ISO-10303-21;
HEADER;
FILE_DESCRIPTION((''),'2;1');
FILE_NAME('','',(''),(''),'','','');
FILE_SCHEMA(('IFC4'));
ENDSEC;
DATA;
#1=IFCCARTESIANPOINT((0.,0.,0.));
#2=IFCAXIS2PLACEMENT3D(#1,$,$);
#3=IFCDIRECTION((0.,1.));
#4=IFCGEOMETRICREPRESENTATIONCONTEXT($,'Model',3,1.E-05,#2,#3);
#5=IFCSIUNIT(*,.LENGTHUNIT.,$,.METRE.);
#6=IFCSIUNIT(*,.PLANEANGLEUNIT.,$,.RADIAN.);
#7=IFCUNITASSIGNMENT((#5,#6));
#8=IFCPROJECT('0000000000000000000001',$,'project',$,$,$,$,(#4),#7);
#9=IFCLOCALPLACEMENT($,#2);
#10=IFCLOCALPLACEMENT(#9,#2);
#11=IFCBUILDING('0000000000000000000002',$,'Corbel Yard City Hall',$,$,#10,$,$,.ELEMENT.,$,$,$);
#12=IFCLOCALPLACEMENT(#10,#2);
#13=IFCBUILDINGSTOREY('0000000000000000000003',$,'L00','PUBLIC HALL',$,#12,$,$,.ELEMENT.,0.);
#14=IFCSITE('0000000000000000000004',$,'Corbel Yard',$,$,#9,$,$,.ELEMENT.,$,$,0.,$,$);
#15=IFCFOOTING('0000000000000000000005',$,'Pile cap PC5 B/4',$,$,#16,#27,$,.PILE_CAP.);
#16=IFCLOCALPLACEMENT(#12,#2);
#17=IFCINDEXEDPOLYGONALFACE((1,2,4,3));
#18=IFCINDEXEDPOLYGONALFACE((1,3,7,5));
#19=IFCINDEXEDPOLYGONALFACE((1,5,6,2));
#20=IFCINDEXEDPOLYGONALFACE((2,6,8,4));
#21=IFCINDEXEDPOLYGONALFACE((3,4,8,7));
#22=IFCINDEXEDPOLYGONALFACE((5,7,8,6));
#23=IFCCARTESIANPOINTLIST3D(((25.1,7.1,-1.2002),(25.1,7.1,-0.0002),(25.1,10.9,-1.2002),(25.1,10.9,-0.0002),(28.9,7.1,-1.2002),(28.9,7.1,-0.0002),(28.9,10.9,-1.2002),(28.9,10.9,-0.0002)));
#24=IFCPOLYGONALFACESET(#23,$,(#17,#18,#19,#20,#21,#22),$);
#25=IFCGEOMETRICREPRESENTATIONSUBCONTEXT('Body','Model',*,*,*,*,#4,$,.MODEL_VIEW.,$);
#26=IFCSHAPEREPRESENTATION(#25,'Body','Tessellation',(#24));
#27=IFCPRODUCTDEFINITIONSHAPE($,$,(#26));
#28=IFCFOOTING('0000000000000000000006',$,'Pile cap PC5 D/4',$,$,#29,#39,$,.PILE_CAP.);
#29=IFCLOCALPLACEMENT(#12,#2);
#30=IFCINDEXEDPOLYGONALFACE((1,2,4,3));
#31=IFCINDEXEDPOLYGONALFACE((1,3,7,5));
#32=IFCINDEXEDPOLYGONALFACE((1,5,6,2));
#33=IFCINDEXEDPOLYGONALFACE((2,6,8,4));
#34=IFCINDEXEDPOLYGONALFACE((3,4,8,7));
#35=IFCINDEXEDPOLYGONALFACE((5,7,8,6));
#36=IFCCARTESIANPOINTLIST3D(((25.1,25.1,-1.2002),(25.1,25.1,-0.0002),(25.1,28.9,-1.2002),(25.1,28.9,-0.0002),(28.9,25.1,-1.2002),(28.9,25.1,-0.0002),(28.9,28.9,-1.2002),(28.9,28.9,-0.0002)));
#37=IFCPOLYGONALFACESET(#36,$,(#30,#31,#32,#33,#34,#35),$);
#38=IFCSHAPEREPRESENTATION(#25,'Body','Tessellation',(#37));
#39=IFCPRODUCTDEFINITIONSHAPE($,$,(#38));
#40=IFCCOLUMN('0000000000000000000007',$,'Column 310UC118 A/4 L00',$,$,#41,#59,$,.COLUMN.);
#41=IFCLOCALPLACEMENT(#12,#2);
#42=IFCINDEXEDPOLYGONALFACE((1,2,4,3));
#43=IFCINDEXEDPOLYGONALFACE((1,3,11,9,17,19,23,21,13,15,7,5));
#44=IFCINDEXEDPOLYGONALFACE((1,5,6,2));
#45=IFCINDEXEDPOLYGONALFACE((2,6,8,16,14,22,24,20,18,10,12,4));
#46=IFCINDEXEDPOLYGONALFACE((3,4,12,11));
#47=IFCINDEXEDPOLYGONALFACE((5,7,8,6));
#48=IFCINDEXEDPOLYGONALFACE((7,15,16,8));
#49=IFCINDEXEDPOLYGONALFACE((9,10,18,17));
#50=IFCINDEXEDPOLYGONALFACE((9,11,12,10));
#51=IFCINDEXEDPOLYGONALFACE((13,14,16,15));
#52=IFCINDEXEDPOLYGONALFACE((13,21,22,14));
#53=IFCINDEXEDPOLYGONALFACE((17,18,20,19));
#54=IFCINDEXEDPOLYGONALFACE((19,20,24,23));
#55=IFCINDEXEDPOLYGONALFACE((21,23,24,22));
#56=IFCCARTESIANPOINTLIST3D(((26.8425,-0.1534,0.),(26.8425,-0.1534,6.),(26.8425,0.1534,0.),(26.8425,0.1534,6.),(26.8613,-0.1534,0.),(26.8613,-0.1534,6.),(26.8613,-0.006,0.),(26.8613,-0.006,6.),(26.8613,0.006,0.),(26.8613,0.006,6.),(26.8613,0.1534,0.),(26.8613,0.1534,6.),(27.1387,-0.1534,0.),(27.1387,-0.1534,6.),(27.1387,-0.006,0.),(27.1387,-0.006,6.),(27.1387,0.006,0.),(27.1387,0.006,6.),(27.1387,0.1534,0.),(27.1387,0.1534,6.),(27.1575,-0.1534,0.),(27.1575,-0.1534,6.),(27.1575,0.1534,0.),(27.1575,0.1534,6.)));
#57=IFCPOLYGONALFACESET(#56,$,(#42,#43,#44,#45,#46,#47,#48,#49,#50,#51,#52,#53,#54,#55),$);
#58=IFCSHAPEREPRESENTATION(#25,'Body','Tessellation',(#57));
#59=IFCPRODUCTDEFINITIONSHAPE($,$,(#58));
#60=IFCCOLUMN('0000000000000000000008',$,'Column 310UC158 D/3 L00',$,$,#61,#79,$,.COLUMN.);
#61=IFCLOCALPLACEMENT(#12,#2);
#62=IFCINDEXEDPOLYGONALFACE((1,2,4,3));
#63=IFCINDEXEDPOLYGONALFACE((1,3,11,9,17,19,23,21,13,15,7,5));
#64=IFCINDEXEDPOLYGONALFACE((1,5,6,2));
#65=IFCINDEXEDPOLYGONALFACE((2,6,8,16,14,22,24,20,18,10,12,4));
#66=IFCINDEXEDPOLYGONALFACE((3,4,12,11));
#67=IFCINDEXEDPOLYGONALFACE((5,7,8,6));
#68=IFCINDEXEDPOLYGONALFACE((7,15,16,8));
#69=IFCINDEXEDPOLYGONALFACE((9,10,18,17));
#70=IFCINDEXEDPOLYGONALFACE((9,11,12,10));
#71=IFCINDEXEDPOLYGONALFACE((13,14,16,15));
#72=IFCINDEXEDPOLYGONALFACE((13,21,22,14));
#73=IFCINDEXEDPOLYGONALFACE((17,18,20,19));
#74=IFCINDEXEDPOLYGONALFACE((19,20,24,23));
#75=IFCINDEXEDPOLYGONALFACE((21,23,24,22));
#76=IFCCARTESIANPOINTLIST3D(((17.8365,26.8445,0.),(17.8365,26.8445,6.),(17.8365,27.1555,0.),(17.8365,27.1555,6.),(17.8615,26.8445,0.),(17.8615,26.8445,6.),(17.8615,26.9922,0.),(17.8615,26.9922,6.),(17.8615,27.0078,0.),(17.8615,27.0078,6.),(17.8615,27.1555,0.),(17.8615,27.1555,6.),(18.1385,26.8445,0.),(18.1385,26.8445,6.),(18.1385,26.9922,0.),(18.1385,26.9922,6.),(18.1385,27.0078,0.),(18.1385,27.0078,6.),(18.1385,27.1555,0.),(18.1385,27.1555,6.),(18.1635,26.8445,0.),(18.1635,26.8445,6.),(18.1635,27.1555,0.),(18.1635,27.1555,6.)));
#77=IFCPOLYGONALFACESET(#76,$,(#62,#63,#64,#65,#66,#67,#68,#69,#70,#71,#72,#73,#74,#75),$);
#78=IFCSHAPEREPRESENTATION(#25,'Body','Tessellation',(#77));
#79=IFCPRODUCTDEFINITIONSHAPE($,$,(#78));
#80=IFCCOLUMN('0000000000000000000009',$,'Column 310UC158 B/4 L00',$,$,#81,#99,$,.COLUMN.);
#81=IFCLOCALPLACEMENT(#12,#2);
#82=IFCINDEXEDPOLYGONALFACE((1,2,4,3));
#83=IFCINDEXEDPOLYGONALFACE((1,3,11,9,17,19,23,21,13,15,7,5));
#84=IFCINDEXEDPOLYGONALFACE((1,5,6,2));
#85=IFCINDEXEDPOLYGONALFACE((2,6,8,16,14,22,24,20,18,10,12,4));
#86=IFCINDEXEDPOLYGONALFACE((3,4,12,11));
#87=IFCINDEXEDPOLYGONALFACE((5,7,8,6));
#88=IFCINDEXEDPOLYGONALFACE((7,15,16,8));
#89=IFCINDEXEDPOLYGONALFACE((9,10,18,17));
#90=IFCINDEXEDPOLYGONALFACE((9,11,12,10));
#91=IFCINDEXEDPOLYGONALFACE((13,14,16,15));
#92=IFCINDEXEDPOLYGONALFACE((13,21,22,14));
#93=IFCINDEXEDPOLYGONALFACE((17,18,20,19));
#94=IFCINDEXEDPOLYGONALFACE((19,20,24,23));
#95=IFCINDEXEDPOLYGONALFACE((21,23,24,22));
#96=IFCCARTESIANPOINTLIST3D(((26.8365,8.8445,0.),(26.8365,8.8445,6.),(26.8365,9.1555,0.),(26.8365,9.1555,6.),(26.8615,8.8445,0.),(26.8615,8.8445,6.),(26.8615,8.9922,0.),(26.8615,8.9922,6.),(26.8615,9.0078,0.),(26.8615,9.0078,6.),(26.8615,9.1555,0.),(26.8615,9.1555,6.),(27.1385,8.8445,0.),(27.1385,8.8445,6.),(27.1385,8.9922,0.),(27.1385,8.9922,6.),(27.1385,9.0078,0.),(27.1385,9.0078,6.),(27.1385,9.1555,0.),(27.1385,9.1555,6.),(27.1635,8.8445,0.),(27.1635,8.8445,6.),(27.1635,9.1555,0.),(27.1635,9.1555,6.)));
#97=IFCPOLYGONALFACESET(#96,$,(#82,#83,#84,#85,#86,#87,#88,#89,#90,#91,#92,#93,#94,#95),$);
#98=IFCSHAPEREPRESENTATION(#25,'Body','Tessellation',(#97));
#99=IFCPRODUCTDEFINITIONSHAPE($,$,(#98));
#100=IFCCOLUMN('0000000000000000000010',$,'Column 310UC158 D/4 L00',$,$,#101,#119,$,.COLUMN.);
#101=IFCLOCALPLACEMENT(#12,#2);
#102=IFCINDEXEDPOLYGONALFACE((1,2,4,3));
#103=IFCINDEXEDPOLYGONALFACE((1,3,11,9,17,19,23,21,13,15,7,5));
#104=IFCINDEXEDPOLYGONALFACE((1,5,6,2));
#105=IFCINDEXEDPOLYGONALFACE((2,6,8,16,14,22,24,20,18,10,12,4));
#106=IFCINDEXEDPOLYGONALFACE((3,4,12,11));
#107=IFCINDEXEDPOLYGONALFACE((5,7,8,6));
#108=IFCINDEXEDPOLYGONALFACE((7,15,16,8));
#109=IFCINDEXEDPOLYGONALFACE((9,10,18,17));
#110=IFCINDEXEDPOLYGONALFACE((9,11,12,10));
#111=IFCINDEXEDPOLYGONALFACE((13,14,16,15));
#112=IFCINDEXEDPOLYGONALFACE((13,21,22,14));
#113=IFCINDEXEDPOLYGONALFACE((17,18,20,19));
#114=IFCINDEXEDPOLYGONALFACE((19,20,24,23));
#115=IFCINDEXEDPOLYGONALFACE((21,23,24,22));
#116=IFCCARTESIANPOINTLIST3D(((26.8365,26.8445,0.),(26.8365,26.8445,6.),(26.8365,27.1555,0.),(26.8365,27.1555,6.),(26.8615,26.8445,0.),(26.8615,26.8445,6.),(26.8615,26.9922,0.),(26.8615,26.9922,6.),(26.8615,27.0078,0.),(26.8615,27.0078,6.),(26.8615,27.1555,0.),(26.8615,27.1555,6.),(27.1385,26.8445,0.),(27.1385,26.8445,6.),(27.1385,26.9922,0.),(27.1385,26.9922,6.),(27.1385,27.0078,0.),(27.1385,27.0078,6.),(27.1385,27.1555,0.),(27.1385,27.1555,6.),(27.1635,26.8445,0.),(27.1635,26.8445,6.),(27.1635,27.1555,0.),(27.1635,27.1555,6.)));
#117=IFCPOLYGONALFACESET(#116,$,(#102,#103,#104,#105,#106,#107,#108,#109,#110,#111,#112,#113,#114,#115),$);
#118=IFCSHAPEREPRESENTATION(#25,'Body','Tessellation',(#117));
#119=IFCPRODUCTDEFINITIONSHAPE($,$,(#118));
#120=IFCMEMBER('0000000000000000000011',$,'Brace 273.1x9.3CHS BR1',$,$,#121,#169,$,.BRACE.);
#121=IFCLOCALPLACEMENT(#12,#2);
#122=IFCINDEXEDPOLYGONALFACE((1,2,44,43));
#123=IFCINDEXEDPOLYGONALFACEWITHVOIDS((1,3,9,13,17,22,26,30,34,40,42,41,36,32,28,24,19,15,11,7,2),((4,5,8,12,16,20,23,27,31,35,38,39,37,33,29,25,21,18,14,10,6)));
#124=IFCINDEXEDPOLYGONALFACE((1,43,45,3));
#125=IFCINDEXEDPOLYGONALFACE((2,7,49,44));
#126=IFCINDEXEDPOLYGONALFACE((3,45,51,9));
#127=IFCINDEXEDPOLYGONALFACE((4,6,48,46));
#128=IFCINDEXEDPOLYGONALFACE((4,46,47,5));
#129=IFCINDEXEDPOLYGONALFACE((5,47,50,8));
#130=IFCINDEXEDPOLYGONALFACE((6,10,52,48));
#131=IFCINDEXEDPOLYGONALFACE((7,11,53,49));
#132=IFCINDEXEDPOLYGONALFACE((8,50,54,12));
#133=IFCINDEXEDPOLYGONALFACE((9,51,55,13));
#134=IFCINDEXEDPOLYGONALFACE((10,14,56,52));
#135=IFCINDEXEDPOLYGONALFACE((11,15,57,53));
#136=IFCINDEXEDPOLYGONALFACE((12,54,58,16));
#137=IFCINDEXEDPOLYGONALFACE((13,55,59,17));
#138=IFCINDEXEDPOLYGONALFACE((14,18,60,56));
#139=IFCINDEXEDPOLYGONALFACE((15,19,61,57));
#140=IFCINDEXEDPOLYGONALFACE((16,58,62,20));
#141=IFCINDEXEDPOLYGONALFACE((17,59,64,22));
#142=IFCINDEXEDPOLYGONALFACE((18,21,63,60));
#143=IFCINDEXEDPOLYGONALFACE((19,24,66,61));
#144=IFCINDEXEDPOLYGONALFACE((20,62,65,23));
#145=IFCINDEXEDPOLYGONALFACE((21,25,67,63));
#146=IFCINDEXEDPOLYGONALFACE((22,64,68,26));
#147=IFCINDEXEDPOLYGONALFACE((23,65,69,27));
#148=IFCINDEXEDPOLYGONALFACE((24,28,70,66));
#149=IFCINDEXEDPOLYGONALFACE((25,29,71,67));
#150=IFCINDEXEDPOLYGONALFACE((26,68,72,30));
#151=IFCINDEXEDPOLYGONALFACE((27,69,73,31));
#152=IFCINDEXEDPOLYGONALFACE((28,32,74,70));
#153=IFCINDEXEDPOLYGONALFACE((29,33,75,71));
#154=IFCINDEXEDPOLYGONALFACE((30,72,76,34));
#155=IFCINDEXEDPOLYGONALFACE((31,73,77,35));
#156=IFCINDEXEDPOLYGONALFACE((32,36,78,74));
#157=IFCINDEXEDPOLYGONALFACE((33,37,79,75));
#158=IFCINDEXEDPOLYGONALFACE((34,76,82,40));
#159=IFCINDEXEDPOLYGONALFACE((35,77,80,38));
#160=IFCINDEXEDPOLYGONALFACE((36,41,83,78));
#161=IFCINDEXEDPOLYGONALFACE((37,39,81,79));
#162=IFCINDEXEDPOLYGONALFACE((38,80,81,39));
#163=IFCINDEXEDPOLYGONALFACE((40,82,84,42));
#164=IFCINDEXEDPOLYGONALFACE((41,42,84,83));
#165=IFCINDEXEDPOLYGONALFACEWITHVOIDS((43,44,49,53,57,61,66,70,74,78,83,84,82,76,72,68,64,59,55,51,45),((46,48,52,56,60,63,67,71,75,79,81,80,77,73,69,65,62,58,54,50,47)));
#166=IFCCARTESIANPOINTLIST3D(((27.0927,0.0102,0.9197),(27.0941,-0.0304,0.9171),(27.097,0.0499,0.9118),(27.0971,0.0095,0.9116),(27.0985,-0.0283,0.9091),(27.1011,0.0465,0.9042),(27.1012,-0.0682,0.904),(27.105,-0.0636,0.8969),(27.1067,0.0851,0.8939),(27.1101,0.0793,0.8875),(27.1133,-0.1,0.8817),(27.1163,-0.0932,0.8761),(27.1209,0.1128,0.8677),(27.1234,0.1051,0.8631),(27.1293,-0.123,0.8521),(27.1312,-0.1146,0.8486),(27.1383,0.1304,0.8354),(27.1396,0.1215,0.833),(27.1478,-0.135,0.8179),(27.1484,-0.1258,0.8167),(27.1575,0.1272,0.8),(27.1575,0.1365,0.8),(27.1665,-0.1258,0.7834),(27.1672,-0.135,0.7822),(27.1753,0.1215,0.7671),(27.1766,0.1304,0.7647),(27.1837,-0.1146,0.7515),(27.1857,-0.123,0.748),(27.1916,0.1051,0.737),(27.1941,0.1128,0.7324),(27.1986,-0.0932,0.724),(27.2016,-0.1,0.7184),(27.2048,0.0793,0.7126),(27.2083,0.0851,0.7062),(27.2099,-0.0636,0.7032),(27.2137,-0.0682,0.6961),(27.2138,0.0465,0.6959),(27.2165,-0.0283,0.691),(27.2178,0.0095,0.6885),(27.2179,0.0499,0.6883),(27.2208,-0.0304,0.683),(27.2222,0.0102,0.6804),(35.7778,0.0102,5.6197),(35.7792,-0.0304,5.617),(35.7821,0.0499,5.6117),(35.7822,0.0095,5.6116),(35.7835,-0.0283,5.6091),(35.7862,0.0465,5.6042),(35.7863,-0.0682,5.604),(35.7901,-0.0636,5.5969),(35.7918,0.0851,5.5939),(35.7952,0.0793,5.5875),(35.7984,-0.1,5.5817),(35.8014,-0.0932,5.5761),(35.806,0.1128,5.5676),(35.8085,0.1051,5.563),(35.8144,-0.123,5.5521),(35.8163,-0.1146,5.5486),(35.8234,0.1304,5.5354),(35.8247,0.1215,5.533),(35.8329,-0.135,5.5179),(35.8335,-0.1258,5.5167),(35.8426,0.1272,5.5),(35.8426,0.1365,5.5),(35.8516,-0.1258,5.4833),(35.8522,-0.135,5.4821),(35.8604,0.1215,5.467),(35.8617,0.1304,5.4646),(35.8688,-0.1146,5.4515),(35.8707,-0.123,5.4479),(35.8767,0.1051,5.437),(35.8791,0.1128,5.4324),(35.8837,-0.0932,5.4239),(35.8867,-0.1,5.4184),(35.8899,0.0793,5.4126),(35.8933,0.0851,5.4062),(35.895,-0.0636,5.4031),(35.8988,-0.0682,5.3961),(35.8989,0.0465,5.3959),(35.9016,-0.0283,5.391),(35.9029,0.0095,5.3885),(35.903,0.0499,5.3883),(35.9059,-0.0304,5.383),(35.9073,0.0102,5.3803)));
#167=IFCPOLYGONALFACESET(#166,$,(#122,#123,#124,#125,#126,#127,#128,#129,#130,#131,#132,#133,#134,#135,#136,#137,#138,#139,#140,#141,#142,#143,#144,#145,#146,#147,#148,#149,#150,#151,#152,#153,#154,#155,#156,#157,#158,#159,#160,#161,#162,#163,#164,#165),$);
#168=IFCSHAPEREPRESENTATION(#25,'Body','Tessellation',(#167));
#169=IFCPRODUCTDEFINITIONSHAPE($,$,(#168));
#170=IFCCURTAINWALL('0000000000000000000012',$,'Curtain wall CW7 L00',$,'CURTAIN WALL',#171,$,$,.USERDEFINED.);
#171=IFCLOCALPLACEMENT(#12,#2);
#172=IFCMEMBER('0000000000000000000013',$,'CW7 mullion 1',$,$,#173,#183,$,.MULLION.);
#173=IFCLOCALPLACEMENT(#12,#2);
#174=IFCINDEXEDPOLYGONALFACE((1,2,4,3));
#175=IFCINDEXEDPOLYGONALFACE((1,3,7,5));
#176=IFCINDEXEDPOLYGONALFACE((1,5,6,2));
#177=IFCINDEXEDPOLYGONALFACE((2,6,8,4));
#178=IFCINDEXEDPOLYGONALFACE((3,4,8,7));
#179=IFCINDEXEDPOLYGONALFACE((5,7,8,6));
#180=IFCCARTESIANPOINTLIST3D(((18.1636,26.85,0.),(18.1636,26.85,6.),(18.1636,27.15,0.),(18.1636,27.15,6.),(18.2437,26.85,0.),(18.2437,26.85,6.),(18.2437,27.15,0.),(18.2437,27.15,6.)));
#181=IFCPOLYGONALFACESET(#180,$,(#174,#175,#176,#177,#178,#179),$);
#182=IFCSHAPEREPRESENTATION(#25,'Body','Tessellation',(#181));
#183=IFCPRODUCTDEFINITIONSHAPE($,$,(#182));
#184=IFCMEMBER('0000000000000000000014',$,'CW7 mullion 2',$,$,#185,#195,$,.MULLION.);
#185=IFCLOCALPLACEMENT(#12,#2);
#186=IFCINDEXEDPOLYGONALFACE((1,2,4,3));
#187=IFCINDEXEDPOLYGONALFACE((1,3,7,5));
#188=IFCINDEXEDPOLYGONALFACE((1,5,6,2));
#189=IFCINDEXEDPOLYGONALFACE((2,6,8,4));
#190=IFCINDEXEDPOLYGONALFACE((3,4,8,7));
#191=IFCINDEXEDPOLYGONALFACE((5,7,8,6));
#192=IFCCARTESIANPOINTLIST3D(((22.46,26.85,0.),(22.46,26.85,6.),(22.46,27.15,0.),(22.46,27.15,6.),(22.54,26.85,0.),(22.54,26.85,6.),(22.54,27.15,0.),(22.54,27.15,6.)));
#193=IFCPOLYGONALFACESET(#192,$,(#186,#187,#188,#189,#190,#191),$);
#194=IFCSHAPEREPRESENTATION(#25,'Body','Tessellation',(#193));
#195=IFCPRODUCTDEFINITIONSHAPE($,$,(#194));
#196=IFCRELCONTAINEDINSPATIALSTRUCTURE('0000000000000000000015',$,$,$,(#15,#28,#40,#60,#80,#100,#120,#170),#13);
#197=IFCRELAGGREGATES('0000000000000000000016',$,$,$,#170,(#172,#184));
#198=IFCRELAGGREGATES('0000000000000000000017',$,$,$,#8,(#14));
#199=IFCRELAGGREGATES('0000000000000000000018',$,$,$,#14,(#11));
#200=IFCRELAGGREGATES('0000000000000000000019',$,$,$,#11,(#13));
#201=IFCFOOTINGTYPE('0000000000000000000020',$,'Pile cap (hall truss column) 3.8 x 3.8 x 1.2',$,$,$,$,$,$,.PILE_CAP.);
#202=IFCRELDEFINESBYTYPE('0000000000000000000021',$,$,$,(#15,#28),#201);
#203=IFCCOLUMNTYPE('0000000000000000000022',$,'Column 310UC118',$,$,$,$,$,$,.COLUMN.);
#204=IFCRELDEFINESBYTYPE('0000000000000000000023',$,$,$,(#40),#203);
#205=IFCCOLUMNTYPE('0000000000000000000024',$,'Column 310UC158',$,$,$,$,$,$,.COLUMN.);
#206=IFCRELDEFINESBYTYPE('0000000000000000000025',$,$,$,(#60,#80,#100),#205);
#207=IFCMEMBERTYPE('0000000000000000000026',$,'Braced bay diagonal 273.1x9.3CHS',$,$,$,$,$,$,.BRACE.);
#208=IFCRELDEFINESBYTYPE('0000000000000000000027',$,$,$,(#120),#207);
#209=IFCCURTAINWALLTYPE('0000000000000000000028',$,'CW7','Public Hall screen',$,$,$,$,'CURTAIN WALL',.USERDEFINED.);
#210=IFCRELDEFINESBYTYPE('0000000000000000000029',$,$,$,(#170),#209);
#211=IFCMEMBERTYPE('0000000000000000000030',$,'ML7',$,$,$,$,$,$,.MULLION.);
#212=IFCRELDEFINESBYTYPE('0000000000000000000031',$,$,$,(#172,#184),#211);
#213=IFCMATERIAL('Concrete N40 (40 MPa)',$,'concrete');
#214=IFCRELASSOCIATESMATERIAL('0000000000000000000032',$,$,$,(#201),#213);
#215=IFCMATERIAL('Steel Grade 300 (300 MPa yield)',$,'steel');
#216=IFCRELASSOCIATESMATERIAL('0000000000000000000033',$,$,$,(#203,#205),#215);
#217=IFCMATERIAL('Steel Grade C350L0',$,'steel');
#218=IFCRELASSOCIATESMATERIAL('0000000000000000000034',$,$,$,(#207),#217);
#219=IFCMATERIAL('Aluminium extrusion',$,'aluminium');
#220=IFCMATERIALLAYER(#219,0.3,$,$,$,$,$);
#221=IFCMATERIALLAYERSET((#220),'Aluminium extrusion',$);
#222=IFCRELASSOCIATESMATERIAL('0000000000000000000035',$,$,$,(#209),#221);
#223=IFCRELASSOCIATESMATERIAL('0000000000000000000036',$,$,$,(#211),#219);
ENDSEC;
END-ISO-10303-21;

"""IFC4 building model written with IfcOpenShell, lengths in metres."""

from ifc_helpers import new_model, si_unit, direction, frame, origin, origin_2d, place, context, subcontext, project, spatial, rectangle, hollow_circle, i_section, extrude, material, layer, layer_set, material_profile, profile_set, type_object, element, aggregate, save


model = new_model("IFC4")

# Units and contexts
model_context = context("Model", 3, precision=1e-05, world=origin(), true_north=direction((0.0, 1.0)))
body_context = subcontext(model_context, "Body", "Model", "MODEL_VIEW")
ifc_project = project(units=[si_unit("LENGTHUNIT", "METRE"), si_unit("PLANEANGLEUNIT", "RADIAN")], contexts=[model_context])

# Site, building, storey
site_placement = place(None, origin())
site = spatial("IfcSite", under=ifc_project, at=site_placement, Name="Corbel Yard", CompositionType="ELEMENT", RefElevation=0.0)
building_placement = place(site_placement, origin())
building = spatial("IfcBuilding", under=site, at=building_placement, Name="Corbel Yard City Hall", CompositionType="ELEMENT")
storey_placement = place(building_placement, origin())
storey = spatial("IfcBuildingStorey", under=building, at=storey_placement, Name="L00", Description="PUBLIC HALL", CompositionType="ELEMENT", Elevation=0.0)

# Shared definitions
ifc_material_1 = material(Name="Concrete N40 (40 MPa)", Category="concrete")

# Footings
footing_type_1 = type_object("IfcFootingType", Name="Pile cap (hall truss column) 3.8 x 3.8 x 1.2", PredefinedType="PILE_CAP", material=ifc_material_1)
for number, where, z_axis, x_axis, name in (
    (1, (27.0, 9.0, -1.2002), (0.0, 0.0, 1.0), (1.0, 0.0, 0.0), "Pile cap PC5 B/4"),
    (2, (27.0, 27.0, -1.2002), (0.0, 0.0, 1.0), (1.0, 0.0, 0.0), "Pile cap PC5 D/4"),
):
    element("IfcFooting", number, at=place(storey_placement, frame(where, z_axis=z_axis, x_axis=x_axis)), inside=storey, type_object=footing_type_1, Name=name, PredefinedType="PILE_CAP", context=body_context, shape_type="SweptSolid", body=[
        extrude(rectangle(XDim=3.8, YDim=3.8, at=origin_2d()), origin(), (0.0, 0.0, 1.0), 1.2),
    ])

# Columns
ifc_material_2 = material(Name="Steel Grade 300 (300 MPa yield)", Category="steel")
ifc_material_profile_1 = material_profile(ifc_material_2, i_section(OverallWidth=0.3069, OverallDepth=0.3149, WebThickness=0.012, FlangeThickness=0.0188, at=origin_2d()), Name="310UC118")
ifc_profile_set_1 = profile_set([ifc_material_profile_1], Name="Steel Grade 300 (300 MPa yield)")
column_type_1 = type_object("IfcColumnType", Name="Column 310UC118", PredefinedType="COLUMN", material=ifc_profile_set_1)
column_placement = place(storey_placement, frame((27.0, 0.0, 0.0), z_axis=(0.0, 0.0, 1.0), x_axis=(0.0, 1.0, 0.0)))
element("IfcColumn", 3, at=column_placement, inside=storey, type_object=column_type_1, Name="Column 310UC118 A/4 L00", PredefinedType="COLUMN", context=body_context, shape_type="SweptSolid", body=[
    extrude(i_section(OverallWidth=0.3069, OverallDepth=0.3149, WebThickness=0.012, FlangeThickness=0.0188, at=origin_2d()), origin(), (0.0, 0.0, 1.0), 6.0),
])
ifc_material_profile_2 = material_profile(ifc_material_2, i_section(OverallWidth=0.311, OverallDepth=0.3269, WebThickness=0.0156, FlangeThickness=0.0249, at=origin_2d()), Name="310UC158")
ifc_profile_set_2 = profile_set([ifc_material_profile_2], Name="Steel Grade 300 (300 MPa yield)")
column_type_2 = type_object("IfcColumnType", Name="Column 310UC158", PredefinedType="COLUMN", material=ifc_profile_set_2)
for number, where, z_axis, x_axis, name in (
    (4, (18.0, 27.0, 0.0), (0.0, 0.0, 1.0), (0.0, 1.0, 0.0), "Column 310UC158 D/3 L00"),
    (5, (27.0, 9.0, 0.0), (0.0, 0.0, 1.0), (0.0, 1.0, 0.0), "Column 310UC158 B/4 L00"),
    (6, (27.0, 27.0, 0.0), (0.0, 0.0, 1.0), (0.0, 1.0, 0.0), "Column 310UC158 D/4 L00"),
):
    element("IfcColumn", number, at=place(storey_placement, frame(where, z_axis=z_axis, x_axis=x_axis)), inside=storey, type_object=column_type_2, Name=name, PredefinedType="COLUMN", context=body_context, shape_type="SweptSolid", body=[
        extrude(i_section(OverallWidth=0.311, OverallDepth=0.3269, WebThickness=0.0156, FlangeThickness=0.0249, at=origin_2d()), origin(), (0.0, 0.0, 1.0), 6.0),
    ])

# Member
ifc_material_3 = material(Name="Steel Grade C350L0", Category="steel")
ifc_material_profile_3 = material_profile(ifc_material_3, hollow_circle(Radius=0.1365, WallThickness=0.0093, at=origin_2d()), Name="273.1x9.3CHS")
ifc_profile_set_3 = profile_set([ifc_material_profile_3], Name="Steel Grade C350L0")
member_type_1 = type_object("IfcMemberType", Name="Braced bay diagonal 273.1x9.3CHS", PredefinedType="BRACE", material=ifc_profile_set_3)
member_1_placement = place(storey_placement, frame((27.1575, 0.0, 0.8), z_axis=(0.879481, 0.0, 0.475934), x_axis=(0.0, 1.0, 0.0)))
element("IfcMember", 7, at=member_1_placement, inside=storey, type_object=member_type_1, Name="Brace 273.1x9.3CHS BR1", PredefinedType="BRACE", context=body_context, shape_type="SweptSolid", body=[
    extrude(hollow_circle(Radius=0.1365, WallThickness=0.0093, at=origin_2d()), origin(), (0.0, 0.0, 1.0), 9.8752),
])

# Curtain wall, members
ifc_material_4 = material(Name="Aluminium extrusion", Category="aluminium")
ifc_layer_1 = layer(ifc_material_4, 0.3)
ifc_layer_set_1 = layer_set([ifc_layer_1], Name="Aluminium extrusion")
curtain_wall_type = type_object("IfcCurtainWallType", Name="CW7", Description="Public Hall screen", ElementType="CURTAIN WALL", PredefinedType="USERDEFINED", material=ifc_layer_set_1)
curtain_wall_placement = place(storey_placement, origin())
curtain_wall = element("IfcCurtainWall", 8, at=curtain_wall_placement, inside=storey, type_object=curtain_wall_type, Name="Curtain wall CW7 L00", ObjectType="CURTAIN WALL", PredefinedType="USERDEFINED")
ifc_material_profile_4 = material_profile(ifc_material_4, rectangle(XDim=0.3, YDim=0.0801, at=origin_2d()), Name="300x80")
ifc_profile_set_4 = profile_set([ifc_material_profile_4], Name="Aluminium extrusion")
member_type_2 = type_object("IfcMemberType", Name="ML7", PredefinedType="MULLION", material=ifc_profile_set_4)
member_2_placement = place(storey_placement, frame((18.2036, 27.0, 0.0), z_axis=(0.0, 0.0, 1.0), x_axis=(0.0, 1.0, 0.0)))
member_2 = element("IfcMember", 9, at=member_2_placement, type_object=member_type_2, Name="CW7 mullion 1", PredefinedType="MULLION", context=body_context, shape_type="SweptSolid", body=[
    extrude(rectangle(XDim=0.3, YDim=0.0801, at=origin_2d()), origin(), (0.0, 0.0, 1.0), 6.0),
])
member_3_placement = place(storey_placement, frame((22.5, 27.0, 0.0), z_axis=(0.0, 0.0, 1.0), x_axis=(0.0, 1.0, 0.0)))
member_3 = element("IfcMember", 10, at=member_3_placement, type_object=member_type_2, Name="CW7 mullion 2", PredefinedType="MULLION", context=body_context, shape_type="SweptSolid", body=[
    extrude(rectangle(XDim=0.3, YDim=0.0801, at=origin_2d()), origin(), (0.0, 0.0, 1.0), 6.0),
])
aggregate(curtain_wall, [member_2, member_3])

save(model, "model.ifc")
